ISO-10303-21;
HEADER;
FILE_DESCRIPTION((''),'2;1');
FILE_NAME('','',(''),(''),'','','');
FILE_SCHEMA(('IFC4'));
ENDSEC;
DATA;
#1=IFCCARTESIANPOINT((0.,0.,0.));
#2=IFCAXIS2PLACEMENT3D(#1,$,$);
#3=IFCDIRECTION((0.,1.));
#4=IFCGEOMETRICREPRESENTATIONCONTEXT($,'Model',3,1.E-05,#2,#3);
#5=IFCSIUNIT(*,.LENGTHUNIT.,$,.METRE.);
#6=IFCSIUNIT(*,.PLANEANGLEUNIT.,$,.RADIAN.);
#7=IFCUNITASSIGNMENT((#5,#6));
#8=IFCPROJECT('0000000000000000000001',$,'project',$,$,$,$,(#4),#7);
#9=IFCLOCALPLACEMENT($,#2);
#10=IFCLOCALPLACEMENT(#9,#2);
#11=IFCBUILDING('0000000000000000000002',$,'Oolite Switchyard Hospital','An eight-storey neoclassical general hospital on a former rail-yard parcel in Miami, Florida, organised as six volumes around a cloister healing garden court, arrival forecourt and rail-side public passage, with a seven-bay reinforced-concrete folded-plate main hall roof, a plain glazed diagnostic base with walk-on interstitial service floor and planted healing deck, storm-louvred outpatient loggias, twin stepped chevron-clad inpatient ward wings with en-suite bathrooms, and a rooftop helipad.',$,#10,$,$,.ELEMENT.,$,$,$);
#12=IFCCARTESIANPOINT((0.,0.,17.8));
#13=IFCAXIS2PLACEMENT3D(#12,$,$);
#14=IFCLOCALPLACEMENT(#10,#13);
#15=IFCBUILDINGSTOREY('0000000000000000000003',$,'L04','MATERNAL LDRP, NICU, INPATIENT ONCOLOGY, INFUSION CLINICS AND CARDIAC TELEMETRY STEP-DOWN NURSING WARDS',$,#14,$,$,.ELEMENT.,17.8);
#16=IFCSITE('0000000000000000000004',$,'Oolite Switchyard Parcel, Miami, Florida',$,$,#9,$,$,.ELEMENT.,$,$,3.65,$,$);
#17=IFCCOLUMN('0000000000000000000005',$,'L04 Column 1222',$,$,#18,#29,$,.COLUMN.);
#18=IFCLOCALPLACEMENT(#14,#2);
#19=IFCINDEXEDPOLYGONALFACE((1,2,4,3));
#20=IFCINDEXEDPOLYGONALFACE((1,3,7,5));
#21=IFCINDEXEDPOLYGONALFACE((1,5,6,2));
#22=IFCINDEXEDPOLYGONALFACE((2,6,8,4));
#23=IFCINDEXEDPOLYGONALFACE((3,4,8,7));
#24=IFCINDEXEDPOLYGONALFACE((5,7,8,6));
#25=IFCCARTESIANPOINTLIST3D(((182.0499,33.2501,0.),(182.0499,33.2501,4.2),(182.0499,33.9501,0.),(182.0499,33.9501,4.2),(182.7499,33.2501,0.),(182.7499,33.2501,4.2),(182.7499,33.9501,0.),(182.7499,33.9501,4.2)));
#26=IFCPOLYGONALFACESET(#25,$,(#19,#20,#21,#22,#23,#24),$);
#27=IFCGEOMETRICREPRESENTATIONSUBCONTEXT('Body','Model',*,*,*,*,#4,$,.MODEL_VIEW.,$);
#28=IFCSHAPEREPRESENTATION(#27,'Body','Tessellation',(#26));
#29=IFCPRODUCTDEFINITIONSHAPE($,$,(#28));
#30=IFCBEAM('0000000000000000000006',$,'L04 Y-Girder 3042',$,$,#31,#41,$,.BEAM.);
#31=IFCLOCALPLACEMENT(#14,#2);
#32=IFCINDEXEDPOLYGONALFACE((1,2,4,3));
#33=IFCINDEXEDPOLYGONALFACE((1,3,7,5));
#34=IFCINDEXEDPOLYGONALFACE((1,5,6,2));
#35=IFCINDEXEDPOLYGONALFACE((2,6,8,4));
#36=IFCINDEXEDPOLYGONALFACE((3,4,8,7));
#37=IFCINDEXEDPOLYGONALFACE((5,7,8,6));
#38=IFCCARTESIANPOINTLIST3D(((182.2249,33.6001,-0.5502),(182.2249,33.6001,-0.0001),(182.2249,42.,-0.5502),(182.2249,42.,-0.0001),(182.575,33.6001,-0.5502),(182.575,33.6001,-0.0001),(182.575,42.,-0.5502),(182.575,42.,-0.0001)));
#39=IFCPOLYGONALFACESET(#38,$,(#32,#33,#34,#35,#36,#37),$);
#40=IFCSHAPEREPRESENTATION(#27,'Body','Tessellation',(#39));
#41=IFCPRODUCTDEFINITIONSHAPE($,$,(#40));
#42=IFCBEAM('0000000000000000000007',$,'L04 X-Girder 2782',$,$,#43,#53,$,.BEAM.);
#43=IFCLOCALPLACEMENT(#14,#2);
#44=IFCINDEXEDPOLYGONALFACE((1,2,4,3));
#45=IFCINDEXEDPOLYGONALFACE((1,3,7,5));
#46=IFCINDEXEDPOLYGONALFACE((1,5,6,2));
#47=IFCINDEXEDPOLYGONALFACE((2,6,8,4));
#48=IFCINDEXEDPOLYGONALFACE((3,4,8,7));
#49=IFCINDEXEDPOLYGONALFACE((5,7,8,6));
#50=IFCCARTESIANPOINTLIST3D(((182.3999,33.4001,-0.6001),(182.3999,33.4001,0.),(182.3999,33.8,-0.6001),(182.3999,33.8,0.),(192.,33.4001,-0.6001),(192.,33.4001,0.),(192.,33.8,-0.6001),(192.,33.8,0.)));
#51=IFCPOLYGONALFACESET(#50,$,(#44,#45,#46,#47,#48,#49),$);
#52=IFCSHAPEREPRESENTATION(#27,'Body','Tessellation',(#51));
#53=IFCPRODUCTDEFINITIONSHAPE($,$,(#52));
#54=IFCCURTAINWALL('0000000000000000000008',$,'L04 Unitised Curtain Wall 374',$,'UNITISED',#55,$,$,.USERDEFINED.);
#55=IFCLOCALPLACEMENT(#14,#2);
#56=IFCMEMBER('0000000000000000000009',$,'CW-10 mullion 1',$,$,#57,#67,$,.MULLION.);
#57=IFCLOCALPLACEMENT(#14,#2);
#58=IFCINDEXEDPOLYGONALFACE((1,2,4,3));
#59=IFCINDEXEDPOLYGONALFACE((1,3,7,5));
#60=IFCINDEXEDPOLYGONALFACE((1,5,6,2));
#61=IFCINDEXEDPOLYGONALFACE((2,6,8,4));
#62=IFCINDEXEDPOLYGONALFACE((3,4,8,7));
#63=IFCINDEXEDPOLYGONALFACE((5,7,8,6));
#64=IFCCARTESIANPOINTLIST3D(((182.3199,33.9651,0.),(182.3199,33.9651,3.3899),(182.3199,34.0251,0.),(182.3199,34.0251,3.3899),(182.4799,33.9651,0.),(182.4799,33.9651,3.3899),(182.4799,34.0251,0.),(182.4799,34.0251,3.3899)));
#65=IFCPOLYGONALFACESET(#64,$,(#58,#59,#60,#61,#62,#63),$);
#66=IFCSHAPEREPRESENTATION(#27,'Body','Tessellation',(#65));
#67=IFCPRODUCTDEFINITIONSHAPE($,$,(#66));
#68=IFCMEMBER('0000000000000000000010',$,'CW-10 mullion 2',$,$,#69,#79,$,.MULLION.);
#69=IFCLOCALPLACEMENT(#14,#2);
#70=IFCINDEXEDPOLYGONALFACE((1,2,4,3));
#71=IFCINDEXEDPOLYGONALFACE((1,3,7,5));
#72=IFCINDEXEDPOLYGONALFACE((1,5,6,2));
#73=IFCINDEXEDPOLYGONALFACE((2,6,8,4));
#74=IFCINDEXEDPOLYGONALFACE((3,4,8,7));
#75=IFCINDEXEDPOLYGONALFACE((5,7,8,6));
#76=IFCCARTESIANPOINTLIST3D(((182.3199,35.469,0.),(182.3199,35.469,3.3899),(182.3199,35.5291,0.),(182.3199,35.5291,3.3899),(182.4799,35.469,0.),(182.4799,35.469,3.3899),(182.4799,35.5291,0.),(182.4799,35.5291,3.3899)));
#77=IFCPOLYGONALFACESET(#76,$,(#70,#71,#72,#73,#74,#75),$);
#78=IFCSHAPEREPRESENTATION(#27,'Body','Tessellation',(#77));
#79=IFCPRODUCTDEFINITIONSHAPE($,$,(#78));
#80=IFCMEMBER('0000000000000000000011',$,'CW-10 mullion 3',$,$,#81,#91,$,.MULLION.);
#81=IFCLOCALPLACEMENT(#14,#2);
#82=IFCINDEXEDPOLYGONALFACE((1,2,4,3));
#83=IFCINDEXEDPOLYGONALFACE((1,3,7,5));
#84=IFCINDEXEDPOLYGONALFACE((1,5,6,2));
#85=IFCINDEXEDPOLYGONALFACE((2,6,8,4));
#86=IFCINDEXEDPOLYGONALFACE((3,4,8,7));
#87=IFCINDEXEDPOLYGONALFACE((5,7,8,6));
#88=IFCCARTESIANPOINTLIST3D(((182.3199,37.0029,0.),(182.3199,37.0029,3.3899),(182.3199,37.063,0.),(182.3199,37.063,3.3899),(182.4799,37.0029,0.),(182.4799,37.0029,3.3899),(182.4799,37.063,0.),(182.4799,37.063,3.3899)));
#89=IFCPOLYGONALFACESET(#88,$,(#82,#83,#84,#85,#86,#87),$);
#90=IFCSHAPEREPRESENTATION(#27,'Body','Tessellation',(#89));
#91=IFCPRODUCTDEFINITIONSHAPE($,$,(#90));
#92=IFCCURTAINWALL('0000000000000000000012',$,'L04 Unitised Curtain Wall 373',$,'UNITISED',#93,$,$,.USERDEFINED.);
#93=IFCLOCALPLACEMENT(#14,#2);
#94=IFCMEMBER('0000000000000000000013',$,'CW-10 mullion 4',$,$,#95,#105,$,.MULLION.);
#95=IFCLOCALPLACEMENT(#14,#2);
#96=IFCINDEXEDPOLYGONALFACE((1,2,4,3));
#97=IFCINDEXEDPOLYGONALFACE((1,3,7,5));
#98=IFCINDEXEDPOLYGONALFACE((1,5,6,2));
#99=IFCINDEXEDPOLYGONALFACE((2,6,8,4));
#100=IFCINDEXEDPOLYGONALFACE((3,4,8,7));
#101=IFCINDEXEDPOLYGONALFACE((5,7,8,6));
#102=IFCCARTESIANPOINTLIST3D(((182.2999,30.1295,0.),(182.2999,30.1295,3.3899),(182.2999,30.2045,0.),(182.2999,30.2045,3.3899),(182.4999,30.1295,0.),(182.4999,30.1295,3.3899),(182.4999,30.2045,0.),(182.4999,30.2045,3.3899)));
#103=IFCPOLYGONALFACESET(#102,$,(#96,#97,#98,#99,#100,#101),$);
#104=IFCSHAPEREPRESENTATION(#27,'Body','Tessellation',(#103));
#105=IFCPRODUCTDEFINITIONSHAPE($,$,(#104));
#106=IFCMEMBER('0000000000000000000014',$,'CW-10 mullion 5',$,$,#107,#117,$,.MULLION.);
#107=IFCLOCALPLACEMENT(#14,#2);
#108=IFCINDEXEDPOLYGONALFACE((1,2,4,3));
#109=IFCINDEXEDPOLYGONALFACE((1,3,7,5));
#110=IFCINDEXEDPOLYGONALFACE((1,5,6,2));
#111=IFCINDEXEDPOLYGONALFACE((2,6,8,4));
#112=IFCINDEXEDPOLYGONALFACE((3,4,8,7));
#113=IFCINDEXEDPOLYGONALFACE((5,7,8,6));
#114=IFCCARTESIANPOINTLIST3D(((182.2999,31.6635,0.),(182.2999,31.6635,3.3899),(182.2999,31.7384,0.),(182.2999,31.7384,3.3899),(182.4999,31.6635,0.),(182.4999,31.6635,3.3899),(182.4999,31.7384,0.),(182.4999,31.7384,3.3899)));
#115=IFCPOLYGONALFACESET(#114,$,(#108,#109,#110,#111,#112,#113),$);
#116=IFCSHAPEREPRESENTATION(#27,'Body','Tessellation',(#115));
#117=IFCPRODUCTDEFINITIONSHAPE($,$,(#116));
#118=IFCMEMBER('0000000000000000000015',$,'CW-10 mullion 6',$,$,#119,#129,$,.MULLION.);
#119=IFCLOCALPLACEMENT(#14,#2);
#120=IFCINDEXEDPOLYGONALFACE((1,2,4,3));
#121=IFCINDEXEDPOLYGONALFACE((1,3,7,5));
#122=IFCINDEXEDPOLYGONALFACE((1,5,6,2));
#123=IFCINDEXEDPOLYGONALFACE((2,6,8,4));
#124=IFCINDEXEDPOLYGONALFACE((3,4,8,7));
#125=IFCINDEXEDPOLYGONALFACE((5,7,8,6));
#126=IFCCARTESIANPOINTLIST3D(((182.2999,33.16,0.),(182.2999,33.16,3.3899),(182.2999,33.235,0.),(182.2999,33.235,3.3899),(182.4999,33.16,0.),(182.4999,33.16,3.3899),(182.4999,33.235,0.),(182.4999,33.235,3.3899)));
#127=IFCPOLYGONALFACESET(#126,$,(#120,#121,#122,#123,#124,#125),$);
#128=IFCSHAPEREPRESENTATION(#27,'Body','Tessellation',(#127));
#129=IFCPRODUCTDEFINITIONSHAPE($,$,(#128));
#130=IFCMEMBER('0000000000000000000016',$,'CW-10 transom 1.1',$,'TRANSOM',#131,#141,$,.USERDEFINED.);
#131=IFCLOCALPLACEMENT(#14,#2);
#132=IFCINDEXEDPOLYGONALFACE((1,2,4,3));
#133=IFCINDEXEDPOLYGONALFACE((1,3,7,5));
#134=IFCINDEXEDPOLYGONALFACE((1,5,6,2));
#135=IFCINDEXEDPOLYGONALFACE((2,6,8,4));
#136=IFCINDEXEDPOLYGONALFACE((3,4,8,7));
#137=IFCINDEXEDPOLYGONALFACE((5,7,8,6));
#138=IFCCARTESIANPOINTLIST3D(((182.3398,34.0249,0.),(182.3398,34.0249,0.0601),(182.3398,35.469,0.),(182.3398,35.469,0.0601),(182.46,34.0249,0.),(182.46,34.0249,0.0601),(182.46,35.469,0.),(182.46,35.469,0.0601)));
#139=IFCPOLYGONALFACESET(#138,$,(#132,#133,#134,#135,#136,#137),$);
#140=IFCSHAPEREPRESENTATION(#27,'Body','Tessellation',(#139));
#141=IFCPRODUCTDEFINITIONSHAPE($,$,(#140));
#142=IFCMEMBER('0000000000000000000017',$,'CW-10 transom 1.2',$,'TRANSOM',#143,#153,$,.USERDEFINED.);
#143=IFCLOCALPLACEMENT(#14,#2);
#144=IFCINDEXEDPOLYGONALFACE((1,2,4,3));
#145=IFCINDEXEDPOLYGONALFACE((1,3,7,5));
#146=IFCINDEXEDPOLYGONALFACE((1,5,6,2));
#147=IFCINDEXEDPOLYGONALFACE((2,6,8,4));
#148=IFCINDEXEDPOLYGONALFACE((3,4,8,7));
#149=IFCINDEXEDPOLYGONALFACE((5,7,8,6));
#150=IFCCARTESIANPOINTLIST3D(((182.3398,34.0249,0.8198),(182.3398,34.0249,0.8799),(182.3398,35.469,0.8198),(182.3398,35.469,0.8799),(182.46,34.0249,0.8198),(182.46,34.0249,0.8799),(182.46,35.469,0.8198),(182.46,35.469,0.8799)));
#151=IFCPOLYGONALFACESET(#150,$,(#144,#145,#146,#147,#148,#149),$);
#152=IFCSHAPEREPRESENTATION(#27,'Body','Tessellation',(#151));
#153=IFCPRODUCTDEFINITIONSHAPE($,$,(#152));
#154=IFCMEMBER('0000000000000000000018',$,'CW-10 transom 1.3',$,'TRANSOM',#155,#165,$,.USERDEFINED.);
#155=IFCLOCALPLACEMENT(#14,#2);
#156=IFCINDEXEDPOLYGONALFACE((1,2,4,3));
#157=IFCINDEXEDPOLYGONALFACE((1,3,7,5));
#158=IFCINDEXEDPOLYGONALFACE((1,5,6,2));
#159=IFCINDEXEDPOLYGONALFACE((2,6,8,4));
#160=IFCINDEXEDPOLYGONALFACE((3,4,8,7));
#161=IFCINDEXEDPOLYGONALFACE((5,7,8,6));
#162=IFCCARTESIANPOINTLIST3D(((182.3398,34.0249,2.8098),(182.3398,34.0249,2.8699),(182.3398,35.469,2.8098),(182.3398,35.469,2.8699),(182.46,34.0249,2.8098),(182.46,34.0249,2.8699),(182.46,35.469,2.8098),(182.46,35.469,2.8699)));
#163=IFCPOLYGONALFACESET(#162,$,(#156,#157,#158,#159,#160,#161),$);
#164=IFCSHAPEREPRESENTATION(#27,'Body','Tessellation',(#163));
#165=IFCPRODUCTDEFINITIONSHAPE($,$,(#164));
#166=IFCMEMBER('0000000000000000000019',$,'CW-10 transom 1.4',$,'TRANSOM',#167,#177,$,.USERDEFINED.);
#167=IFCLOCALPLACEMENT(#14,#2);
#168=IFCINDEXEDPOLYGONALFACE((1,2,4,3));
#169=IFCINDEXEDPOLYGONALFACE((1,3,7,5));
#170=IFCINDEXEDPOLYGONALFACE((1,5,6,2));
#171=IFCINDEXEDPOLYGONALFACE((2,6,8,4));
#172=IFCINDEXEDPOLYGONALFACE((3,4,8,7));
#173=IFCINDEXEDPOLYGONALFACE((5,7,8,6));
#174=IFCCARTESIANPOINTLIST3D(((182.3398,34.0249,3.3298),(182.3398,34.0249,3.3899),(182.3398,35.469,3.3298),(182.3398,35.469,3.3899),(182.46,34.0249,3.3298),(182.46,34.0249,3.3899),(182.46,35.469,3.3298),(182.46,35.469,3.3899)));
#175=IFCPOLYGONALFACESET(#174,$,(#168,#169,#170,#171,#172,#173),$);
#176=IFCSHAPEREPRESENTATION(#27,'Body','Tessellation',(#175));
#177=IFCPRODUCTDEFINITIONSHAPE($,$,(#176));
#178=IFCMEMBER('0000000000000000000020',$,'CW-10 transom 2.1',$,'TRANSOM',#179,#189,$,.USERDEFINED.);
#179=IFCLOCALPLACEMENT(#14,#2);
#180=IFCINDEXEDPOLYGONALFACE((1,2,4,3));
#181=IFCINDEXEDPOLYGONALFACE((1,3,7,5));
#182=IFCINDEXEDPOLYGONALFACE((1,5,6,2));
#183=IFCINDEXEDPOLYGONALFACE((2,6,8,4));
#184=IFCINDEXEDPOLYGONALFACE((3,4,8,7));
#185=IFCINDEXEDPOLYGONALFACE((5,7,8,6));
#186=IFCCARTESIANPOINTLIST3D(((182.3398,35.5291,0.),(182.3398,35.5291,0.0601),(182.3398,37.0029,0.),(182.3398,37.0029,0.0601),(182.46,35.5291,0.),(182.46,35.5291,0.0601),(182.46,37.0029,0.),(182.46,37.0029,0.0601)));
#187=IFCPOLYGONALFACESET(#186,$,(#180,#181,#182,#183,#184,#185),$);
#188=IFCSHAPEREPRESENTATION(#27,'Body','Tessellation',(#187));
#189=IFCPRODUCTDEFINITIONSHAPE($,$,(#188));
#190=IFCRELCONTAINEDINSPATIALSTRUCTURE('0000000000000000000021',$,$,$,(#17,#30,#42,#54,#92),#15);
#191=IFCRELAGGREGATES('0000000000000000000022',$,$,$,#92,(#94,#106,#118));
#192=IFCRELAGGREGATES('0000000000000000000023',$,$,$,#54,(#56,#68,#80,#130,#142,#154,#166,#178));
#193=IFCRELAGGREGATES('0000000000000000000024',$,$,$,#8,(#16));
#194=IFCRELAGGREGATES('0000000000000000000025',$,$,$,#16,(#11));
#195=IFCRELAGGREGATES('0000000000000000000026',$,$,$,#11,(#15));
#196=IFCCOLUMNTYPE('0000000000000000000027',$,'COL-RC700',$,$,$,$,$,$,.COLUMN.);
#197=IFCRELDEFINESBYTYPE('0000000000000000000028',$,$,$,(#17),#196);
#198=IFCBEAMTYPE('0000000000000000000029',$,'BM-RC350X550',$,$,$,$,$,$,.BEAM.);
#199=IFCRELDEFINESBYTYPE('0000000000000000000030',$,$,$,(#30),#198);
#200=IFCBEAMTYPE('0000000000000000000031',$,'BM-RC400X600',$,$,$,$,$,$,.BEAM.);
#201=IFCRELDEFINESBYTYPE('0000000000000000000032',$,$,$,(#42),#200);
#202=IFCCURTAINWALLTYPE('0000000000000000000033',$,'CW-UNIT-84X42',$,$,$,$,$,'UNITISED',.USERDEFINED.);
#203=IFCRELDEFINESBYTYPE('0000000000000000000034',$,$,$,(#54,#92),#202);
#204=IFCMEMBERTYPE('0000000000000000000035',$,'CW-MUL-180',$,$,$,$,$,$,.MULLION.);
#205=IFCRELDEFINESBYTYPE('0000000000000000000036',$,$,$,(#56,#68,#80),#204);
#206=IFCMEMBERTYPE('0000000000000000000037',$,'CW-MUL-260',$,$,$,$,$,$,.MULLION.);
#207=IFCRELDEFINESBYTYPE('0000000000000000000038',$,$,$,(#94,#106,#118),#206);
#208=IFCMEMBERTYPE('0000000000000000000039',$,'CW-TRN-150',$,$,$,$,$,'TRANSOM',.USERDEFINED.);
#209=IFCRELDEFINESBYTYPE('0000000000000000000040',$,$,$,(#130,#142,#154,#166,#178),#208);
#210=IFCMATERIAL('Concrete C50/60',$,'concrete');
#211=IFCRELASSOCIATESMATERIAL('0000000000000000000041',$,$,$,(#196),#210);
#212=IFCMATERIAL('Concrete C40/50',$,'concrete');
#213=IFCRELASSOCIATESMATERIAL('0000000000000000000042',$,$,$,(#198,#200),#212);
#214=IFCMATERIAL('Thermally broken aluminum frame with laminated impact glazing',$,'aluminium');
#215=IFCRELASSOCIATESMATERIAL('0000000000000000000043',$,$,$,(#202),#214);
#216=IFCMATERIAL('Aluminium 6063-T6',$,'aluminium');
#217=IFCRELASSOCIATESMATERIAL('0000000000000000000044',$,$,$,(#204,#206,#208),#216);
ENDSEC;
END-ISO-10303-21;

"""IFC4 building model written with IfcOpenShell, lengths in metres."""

from ifc_helpers import new_model, si_unit, direction, frame, origin, origin_2d, place, context, subcontext, project, spatial, rectangle, extrude, material, material_profile, profile_set, type_object, element, aggregate, save


model = new_model("IFC4")

# Units and contexts
model_context = context("Model", 3, precision=1e-05, world=origin(), true_north=direction((0.0, 1.0)))
body_context = subcontext(model_context, "Body", "Model", "MODEL_VIEW")
ifc_project = project(units=[si_unit("LENGTHUNIT", "METRE"), si_unit("PLANEANGLEUNIT", "RADIAN")], contexts=[model_context])

# Site, building, storey
site_placement = place(None, origin())
site = spatial("IfcSite", under=ifc_project, at=site_placement, Name="Oolite Switchyard Parcel, Miami, Florida", CompositionType="ELEMENT", RefElevation=3.65)
building_placement = place(site_placement, origin())
building = spatial("IfcBuilding", under=site, at=building_placement, Name="Oolite Switchyard Hospital", Description="An eight-storey neoclassical general hospital on a former rail-yard parcel in Miami, Florida, organised as six volumes around a cloister healing garden court, arrival forecourt and rail-side public passage, with a seven-bay reinforced-concrete folded-plate main hall roof, a plain glazed diagnostic base with walk-on interstitial service floor and planted healing deck, storm-louvred outpatient loggias, twin stepped chevron-clad inpatient ward wings with en-suite bathrooms, and a rooftop helipad.", CompositionType="ELEMENT")
storey_placement = place(building_placement, frame((0.0, 0.0, 17.8)))
storey = spatial("IfcBuildingStorey", under=building, at=storey_placement, Name="L04", Description="MATERNAL LDRP, NICU, INPATIENT ONCOLOGY, INFUSION CLINICS AND CARDIAC TELEMETRY STEP-DOWN NURSING WARDS", CompositionType="ELEMENT", Elevation=17.8)

# Column
ifc_material_1 = material(Name="Concrete C50/60", Category="concrete")
ifc_material_profile_1 = material_profile(ifc_material_1, rectangle(XDim=0.7, YDim=0.7, at=origin_2d()), Name="RC700X700")
ifc_profile_set_1 = profile_set([ifc_material_profile_1], Name="Concrete C50/60")
column_type = type_object("IfcColumnType", Name="COL-RC700", PredefinedType="COLUMN", material=ifc_profile_set_1)
column_placement = place(storey_placement, frame((182.3999, 33.6001, 0.0), z_axis=(0.0, 0.0, 1.0), x_axis=(1.0, 0.0, 0.0)))
element("IfcColumn", 1, at=column_placement, inside=storey, type_object=column_type, Name="L04 Column 1222", PredefinedType="COLUMN", context=body_context, shape_type="SweptSolid", body=[
    extrude(rectangle(XDim=0.7, YDim=0.7, at=origin_2d()), origin(), (0.0, 0.0, 1.0), 4.2),
])

# Beams
ifc_material_2 = material(Name="Concrete C40/50", Category="concrete")
ifc_material_profile_2 = material_profile(ifc_material_2, rectangle(XDim=0.3501, YDim=0.55, at=origin_2d()), Name="RCB350X550")
ifc_profile_set_2 = profile_set([ifc_material_profile_2], Name="Concrete C40/50")
beam_type_1 = type_object("IfcBeamType", Name="BM-RC350X550", PredefinedType="BEAM", material=ifc_profile_set_2)
beam_1_placement = place(storey_placement, frame((182.3999, 33.6001, -0.2751), z_axis=(0.0, 1.0, 0.0), x_axis=(-1.0, 0.0, 0.0)))
element("IfcBeam", 2, at=beam_1_placement, inside=storey, type_object=beam_type_1, Name="L04 Y-Girder 3042", PredefinedType="BEAM", context=body_context, shape_type="SweptSolid", body=[
    extrude(rectangle(XDim=0.3501, YDim=0.55, at=origin_2d()), origin(), (0.0, 0.0, 1.0), 8.3999),
])
ifc_material_profile_3 = material_profile(ifc_material_2, rectangle(XDim=0.3999, YDim=0.6001, at=origin_2d()), Name="RCB400X600")
ifc_profile_set_3 = profile_set([ifc_material_profile_3], Name="Concrete C40/50")
beam_type_2 = type_object("IfcBeamType", Name="BM-RC400X600", PredefinedType="BEAM", material=ifc_profile_set_3)
beam_2_placement = place(storey_placement, frame((182.3999, 33.6001, -0.3), z_axis=(1.0, 0.0, 0.0), x_axis=(0.0, 1.0, 0.0)))
element("IfcBeam", 3, at=beam_2_placement, inside=storey, type_object=beam_type_2, Name="L04 X-Girder 2782", PredefinedType="BEAM", context=body_context, shape_type="SweptSolid", body=[
    extrude(rectangle(XDim=0.3999, YDim=0.6001, at=origin_2d()), origin(), (0.0, 0.0, 1.0), 9.6001),
])

# Curtain walls, members
ifc_material_3 = material(Name="Thermally broken aluminum frame with laminated impact glazing", Category="aluminium")
curtain_wall_type = type_object("IfcCurtainWallType", Name="CW-UNIT-84X42", ElementType="UNITISED", PredefinedType="USERDEFINED", material=ifc_material_3)
curtain_wall_1_placement = place(storey_placement, origin())
curtain_wall_1 = element("IfcCurtainWall", 4, at=curtain_wall_1_placement, inside=storey, type_object=curtain_wall_type, Name="L04 Unitised Curtain Wall 374", ObjectType="UNITISED", PredefinedType="USERDEFINED")
ifc_material_4 = material(Name="Aluminium 6063-T6", Category="aluminium")
ifc_material_profile_4 = material_profile(ifc_material_4, rectangle(XDim=0.1599, YDim=0.0601, at=origin_2d()), Name="CWM60X160")
ifc_profile_set_4 = profile_set([ifc_material_profile_4], Name="Aluminium 6063-T6")
member_type_1 = type_object("IfcMemberType", Name="CW-MUL-180", PredefinedType="MULLION", material=ifc_profile_set_4)
member_1_placement = place(storey_placement, frame((182.3999, 33.9951, 0.0), z_axis=(0.0, 0.0, 1.0), x_axis=(-1.0, 0.0, 0.0)))
member_1 = element("IfcMember", 5, at=member_1_placement, type_object=member_type_1, Name="CW-10 mullion 1", PredefinedType="MULLION", context=body_context, shape_type="SweptSolid", body=[
    extrude(rectangle(XDim=0.1599, YDim=0.0601, at=origin_2d()), origin(), (0.0, 0.0, 1.0), 3.3899),
])
member_2_placement = place(storey_placement, frame((182.3999, 35.499, 0.0), z_axis=(0.0, 0.0, 1.0), x_axis=(-1.0, 0.0, 0.0)))
member_2 = element("IfcMember", 6, at=member_2_placement, type_object=member_type_1, Name="CW-10 mullion 2", PredefinedType="MULLION", context=body_context, shape_type="SweptSolid", body=[
    extrude(rectangle(XDim=0.1599, YDim=0.0601, at=origin_2d()), origin(), (0.0, 0.0, 1.0), 3.3899),
])
member_3_placement = place(storey_placement, frame((182.3999, 37.033, 0.0), z_axis=(0.0, 0.0, 1.0), x_axis=(-1.0, 0.0, 0.0)))
member_3 = element("IfcMember", 7, at=member_3_placement, type_object=member_type_1, Name="CW-10 mullion 3", PredefinedType="MULLION", context=body_context, shape_type="SweptSolid", body=[
    extrude(rectangle(XDim=0.1599, YDim=0.0601, at=origin_2d()), origin(), (0.0, 0.0, 1.0), 3.3899),
])
curtain_wall_2_placement = place(storey_placement, origin())
curtain_wall_2 = element("IfcCurtainWall", 8, at=curtain_wall_2_placement, inside=storey, type_object=curtain_wall_type, Name="L04 Unitised Curtain Wall 373", ObjectType="UNITISED", PredefinedType="USERDEFINED")
ifc_material_profile_5 = material_profile(ifc_material_4, rectangle(XDim=0.2, YDim=0.075, at=origin_2d()), Name="CWM75X200")
ifc_profile_set_5 = profile_set([ifc_material_profile_5], Name="Aluminium 6063-T6")
member_type_2 = type_object("IfcMemberType", Name="CW-MUL-260", PredefinedType="MULLION", material=ifc_profile_set_5)
member_4_placement = place(storey_placement, frame((182.3999, 30.167, 0.0), z_axis=(0.0, 0.0, 1.0), x_axis=(-1.0, 0.0, 0.0)))
member_4 = element("IfcMember", 9, at=member_4_placement, type_object=member_type_2, Name="CW-10 mullion 4", PredefinedType="MULLION", context=body_context, shape_type="SweptSolid", body=[
    extrude(rectangle(XDim=0.2, YDim=0.075, at=origin_2d()), origin(), (0.0, 0.0, 1.0), 3.3899),
])
member_5_placement = place(storey_placement, frame((182.3999, 31.7009, 0.0), z_axis=(0.0, 0.0, 1.0), x_axis=(-1.0, 0.0, 0.0)))
member_5 = element("IfcMember", 10, at=member_5_placement, type_object=member_type_2, Name="CW-10 mullion 5", PredefinedType="MULLION", context=body_context, shape_type="SweptSolid", body=[
    extrude(rectangle(XDim=0.2, YDim=0.075, at=origin_2d()), origin(), (0.0, 0.0, 1.0), 3.3899),
])
member_6_placement = place(storey_placement, frame((182.3999, 33.1975, 0.0), z_axis=(0.0, 0.0, 1.0), x_axis=(-1.0, 0.0, 0.0)))
member_6 = element("IfcMember", 11, at=member_6_placement, type_object=member_type_2, Name="CW-10 mullion 6", PredefinedType="MULLION", context=body_context, shape_type="SweptSolid", body=[
    extrude(rectangle(XDim=0.2, YDim=0.075, at=origin_2d()), origin(), (0.0, 0.0, 1.0), 3.3899),
])

# Members
ifc_material_profile_6 = material_profile(ifc_material_4, rectangle(XDim=0.1201, YDim=0.0601, at=origin_2d()), Name="CWT60X120")
ifc_profile_set_6 = profile_set([ifc_material_profile_6], Name="Aluminium 6063-T6")
member_type_3 = type_object("IfcMemberType", Name="CW-TRN-150", ElementType="TRANSOM", PredefinedType="USERDEFINED", material=ifc_profile_set_6)
member_7_placement = place(storey_placement, frame((182.3999, 34.0249, 0.03), z_axis=(0.0, 1.0, 0.0), x_axis=(-1.0, 0.0, 0.0)))
member_7 = element("IfcMember", 12, at=member_7_placement, type_object=member_type_3, Name="CW-10 transom 1.1", ObjectType="TRANSOM", PredefinedType="USERDEFINED", context=body_context, shape_type="SweptSolid", body=[
    extrude(rectangle(XDim=0.1201, YDim=0.0601, at=origin_2d()), origin(), (0.0, 0.0, 1.0), 1.4441),
])
member_8_placement = place(storey_placement, frame((182.3999, 34.0249, 0.8499), z_axis=(0.0, 1.0, 0.0), x_axis=(-1.0, 0.0, 0.0)))
member_8 = element("IfcMember", 13, at=member_8_placement, type_object=member_type_3, Name="CW-10 transom 1.2", ObjectType="TRANSOM", PredefinedType="USERDEFINED", context=body_context, shape_type="SweptSolid", body=[
    extrude(rectangle(XDim=0.1201, YDim=0.0601, at=origin_2d()), origin(), (0.0, 0.0, 1.0), 1.4441),
])
member_9_placement = place(storey_placement, frame((182.3999, 34.0249, 2.8398), z_axis=(0.0, 1.0, 0.0), x_axis=(-1.0, 0.0, 0.0)))
member_9 = element("IfcMember", 14, at=member_9_placement, type_object=member_type_3, Name="CW-10 transom 1.3", ObjectType="TRANSOM", PredefinedType="USERDEFINED", context=body_context, shape_type="SweptSolid", body=[
    extrude(rectangle(XDim=0.1201, YDim=0.0601, at=origin_2d()), origin(), (0.0, 0.0, 1.0), 1.4441),
])
member_10_placement = place(storey_placement, frame((182.3999, 34.0249, 3.3599), z_axis=(0.0, 1.0, 0.0), x_axis=(-1.0, 0.0, 0.0)))
member_10 = element("IfcMember", 15, at=member_10_placement, type_object=member_type_3, Name="CW-10 transom 1.4", ObjectType="TRANSOM", PredefinedType="USERDEFINED", context=body_context, shape_type="SweptSolid", body=[
    extrude(rectangle(XDim=0.1201, YDim=0.0601, at=origin_2d()), origin(), (0.0, 0.0, 1.0), 1.4441),
])
member_11_placement = place(storey_placement, frame((182.3999, 35.5291, 0.03), z_axis=(0.0, 1.0, 0.0), x_axis=(-1.0, 0.0, 0.0)))
member_11 = element("IfcMember", 16, at=member_11_placement, type_object=member_type_3, Name="CW-10 transom 2.1", ObjectType="TRANSOM", PredefinedType="USERDEFINED", context=body_context, shape_type="SweptSolid", body=[
    extrude(rectangle(XDim=0.1201, YDim=0.0601, at=origin_2d()), origin(), (0.0, 0.0, 1.0), 1.4739),
])

aggregate(curtain_wall_2, [member_4, member_5, member_6])
aggregate(curtain_wall_1, [member_1, member_2, member_3, member_7, member_8, member_9, member_10, member_11])

save(model, "model.ifc")
